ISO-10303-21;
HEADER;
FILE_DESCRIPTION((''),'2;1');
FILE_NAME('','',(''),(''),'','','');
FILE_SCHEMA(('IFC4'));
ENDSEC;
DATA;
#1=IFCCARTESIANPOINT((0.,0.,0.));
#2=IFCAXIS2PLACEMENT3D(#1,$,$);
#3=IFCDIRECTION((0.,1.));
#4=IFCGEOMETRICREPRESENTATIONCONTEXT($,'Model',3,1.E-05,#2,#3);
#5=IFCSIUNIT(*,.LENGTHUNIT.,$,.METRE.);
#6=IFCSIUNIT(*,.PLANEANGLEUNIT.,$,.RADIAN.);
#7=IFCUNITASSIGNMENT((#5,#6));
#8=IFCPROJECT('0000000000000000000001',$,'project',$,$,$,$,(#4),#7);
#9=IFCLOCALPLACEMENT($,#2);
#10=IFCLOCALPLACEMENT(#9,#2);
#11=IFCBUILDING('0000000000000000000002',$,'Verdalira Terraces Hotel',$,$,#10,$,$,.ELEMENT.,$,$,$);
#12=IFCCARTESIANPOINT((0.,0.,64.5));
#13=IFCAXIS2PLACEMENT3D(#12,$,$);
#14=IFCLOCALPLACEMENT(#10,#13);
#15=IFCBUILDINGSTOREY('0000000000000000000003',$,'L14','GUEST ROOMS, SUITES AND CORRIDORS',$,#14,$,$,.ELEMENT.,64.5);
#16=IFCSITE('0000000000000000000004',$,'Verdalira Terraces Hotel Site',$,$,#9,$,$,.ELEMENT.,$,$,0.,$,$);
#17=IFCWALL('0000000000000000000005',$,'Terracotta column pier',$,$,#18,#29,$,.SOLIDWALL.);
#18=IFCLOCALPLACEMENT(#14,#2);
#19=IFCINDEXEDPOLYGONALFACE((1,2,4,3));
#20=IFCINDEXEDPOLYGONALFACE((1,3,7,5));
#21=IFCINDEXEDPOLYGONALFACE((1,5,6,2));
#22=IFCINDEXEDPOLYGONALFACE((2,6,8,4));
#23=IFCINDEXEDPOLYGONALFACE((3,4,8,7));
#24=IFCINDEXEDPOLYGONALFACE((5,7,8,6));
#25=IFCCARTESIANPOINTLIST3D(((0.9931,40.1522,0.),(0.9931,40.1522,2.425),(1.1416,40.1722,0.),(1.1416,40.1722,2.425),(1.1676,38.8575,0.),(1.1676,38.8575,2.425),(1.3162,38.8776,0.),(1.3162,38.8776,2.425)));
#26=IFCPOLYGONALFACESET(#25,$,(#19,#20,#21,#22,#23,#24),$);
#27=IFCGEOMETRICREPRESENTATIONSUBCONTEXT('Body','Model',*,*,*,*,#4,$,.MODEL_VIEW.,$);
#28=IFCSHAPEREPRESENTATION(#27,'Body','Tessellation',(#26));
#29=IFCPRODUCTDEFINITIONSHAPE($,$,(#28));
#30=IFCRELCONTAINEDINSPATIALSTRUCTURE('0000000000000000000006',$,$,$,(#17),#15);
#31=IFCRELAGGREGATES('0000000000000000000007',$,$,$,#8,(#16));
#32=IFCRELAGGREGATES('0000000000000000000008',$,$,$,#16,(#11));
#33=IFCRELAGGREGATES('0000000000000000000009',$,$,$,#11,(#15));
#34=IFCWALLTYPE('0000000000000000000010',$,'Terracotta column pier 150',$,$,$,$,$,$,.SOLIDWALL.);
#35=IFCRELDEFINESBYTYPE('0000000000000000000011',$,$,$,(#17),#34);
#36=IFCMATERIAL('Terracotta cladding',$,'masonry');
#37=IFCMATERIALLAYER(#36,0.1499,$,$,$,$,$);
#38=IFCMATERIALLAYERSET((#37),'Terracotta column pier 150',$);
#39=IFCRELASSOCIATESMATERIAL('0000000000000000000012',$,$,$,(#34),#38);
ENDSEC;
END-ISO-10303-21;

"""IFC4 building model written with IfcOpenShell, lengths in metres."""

from ifc_helpers import new_model, si_unit, direction, frame, frame_2d, origin, place, context, subcontext, project, spatial, rectangle, extrude, material, layer, layer_set, type_object, element, save


model = new_model("IFC4")

# Units and contexts
model_context = context("Model", 3, precision=1e-05, world=origin(), true_north=direction((0.0, 1.0)))
body_context = subcontext(model_context, "Body", "Model", "MODEL_VIEW")
ifc_project = project(units=[si_unit("LENGTHUNIT", "METRE"), si_unit("PLANEANGLEUNIT", "RADIAN")], contexts=[model_context])

# Site, building, storey
site_placement = place(None, origin())
site = spatial("IfcSite", under=ifc_project, at=site_placement, Name="Verdalira Terraces Hotel Site", CompositionType="ELEMENT", RefElevation=0.0)
building_placement = place(site_placement, origin())
building = spatial("IfcBuilding", under=site, at=building_placement, Name="Verdalira Terraces Hotel", CompositionType="ELEMENT")
storey_placement = place(building_placement, frame((0.0, 0.0, 64.5)))
storey = spatial("IfcBuildingStorey", under=building, at=storey_placement, Name="L14", Description="GUEST ROOMS, SUITES AND CORRIDORS", CompositionType="ELEMENT", Elevation=64.5)

# Wall
ifc_material_1 = material(Name="Terracotta cladding", Category="masonry")
ifc_layer_1 = layer(ifc_material_1, 0.1499)
ifc_layer_set_1 = layer_set([ifc_layer_1], Name="Terracotta column pier 150")
wall_type_1 = type_object("IfcWallType", Name="Terracotta column pier 150", PredefinedType="SOLIDWALL", material=ifc_layer_set_1)
wall_1_placement = place(storey_placement, frame((1.2419, 38.8674, 0.0), z_axis=(0.0, 0.0, 1.0), x_axis=(-0.13362, 0.991033, 0.0)))
element("IfcWall", 1, at=wall_1_placement, inside=storey, type_object=wall_type_1, Name="Terracotta column pier", PredefinedType="SOLIDWALL", context=body_context, shape_type="SweptSolid", body=[
    extrude(rectangle(XDim=1.3064, YDim=0.1499, at=frame_2d((0.6533, 0.0))), origin(), (0.0, 0.0, 1.0), 2.425),
])

save(model, "model.ifc")
